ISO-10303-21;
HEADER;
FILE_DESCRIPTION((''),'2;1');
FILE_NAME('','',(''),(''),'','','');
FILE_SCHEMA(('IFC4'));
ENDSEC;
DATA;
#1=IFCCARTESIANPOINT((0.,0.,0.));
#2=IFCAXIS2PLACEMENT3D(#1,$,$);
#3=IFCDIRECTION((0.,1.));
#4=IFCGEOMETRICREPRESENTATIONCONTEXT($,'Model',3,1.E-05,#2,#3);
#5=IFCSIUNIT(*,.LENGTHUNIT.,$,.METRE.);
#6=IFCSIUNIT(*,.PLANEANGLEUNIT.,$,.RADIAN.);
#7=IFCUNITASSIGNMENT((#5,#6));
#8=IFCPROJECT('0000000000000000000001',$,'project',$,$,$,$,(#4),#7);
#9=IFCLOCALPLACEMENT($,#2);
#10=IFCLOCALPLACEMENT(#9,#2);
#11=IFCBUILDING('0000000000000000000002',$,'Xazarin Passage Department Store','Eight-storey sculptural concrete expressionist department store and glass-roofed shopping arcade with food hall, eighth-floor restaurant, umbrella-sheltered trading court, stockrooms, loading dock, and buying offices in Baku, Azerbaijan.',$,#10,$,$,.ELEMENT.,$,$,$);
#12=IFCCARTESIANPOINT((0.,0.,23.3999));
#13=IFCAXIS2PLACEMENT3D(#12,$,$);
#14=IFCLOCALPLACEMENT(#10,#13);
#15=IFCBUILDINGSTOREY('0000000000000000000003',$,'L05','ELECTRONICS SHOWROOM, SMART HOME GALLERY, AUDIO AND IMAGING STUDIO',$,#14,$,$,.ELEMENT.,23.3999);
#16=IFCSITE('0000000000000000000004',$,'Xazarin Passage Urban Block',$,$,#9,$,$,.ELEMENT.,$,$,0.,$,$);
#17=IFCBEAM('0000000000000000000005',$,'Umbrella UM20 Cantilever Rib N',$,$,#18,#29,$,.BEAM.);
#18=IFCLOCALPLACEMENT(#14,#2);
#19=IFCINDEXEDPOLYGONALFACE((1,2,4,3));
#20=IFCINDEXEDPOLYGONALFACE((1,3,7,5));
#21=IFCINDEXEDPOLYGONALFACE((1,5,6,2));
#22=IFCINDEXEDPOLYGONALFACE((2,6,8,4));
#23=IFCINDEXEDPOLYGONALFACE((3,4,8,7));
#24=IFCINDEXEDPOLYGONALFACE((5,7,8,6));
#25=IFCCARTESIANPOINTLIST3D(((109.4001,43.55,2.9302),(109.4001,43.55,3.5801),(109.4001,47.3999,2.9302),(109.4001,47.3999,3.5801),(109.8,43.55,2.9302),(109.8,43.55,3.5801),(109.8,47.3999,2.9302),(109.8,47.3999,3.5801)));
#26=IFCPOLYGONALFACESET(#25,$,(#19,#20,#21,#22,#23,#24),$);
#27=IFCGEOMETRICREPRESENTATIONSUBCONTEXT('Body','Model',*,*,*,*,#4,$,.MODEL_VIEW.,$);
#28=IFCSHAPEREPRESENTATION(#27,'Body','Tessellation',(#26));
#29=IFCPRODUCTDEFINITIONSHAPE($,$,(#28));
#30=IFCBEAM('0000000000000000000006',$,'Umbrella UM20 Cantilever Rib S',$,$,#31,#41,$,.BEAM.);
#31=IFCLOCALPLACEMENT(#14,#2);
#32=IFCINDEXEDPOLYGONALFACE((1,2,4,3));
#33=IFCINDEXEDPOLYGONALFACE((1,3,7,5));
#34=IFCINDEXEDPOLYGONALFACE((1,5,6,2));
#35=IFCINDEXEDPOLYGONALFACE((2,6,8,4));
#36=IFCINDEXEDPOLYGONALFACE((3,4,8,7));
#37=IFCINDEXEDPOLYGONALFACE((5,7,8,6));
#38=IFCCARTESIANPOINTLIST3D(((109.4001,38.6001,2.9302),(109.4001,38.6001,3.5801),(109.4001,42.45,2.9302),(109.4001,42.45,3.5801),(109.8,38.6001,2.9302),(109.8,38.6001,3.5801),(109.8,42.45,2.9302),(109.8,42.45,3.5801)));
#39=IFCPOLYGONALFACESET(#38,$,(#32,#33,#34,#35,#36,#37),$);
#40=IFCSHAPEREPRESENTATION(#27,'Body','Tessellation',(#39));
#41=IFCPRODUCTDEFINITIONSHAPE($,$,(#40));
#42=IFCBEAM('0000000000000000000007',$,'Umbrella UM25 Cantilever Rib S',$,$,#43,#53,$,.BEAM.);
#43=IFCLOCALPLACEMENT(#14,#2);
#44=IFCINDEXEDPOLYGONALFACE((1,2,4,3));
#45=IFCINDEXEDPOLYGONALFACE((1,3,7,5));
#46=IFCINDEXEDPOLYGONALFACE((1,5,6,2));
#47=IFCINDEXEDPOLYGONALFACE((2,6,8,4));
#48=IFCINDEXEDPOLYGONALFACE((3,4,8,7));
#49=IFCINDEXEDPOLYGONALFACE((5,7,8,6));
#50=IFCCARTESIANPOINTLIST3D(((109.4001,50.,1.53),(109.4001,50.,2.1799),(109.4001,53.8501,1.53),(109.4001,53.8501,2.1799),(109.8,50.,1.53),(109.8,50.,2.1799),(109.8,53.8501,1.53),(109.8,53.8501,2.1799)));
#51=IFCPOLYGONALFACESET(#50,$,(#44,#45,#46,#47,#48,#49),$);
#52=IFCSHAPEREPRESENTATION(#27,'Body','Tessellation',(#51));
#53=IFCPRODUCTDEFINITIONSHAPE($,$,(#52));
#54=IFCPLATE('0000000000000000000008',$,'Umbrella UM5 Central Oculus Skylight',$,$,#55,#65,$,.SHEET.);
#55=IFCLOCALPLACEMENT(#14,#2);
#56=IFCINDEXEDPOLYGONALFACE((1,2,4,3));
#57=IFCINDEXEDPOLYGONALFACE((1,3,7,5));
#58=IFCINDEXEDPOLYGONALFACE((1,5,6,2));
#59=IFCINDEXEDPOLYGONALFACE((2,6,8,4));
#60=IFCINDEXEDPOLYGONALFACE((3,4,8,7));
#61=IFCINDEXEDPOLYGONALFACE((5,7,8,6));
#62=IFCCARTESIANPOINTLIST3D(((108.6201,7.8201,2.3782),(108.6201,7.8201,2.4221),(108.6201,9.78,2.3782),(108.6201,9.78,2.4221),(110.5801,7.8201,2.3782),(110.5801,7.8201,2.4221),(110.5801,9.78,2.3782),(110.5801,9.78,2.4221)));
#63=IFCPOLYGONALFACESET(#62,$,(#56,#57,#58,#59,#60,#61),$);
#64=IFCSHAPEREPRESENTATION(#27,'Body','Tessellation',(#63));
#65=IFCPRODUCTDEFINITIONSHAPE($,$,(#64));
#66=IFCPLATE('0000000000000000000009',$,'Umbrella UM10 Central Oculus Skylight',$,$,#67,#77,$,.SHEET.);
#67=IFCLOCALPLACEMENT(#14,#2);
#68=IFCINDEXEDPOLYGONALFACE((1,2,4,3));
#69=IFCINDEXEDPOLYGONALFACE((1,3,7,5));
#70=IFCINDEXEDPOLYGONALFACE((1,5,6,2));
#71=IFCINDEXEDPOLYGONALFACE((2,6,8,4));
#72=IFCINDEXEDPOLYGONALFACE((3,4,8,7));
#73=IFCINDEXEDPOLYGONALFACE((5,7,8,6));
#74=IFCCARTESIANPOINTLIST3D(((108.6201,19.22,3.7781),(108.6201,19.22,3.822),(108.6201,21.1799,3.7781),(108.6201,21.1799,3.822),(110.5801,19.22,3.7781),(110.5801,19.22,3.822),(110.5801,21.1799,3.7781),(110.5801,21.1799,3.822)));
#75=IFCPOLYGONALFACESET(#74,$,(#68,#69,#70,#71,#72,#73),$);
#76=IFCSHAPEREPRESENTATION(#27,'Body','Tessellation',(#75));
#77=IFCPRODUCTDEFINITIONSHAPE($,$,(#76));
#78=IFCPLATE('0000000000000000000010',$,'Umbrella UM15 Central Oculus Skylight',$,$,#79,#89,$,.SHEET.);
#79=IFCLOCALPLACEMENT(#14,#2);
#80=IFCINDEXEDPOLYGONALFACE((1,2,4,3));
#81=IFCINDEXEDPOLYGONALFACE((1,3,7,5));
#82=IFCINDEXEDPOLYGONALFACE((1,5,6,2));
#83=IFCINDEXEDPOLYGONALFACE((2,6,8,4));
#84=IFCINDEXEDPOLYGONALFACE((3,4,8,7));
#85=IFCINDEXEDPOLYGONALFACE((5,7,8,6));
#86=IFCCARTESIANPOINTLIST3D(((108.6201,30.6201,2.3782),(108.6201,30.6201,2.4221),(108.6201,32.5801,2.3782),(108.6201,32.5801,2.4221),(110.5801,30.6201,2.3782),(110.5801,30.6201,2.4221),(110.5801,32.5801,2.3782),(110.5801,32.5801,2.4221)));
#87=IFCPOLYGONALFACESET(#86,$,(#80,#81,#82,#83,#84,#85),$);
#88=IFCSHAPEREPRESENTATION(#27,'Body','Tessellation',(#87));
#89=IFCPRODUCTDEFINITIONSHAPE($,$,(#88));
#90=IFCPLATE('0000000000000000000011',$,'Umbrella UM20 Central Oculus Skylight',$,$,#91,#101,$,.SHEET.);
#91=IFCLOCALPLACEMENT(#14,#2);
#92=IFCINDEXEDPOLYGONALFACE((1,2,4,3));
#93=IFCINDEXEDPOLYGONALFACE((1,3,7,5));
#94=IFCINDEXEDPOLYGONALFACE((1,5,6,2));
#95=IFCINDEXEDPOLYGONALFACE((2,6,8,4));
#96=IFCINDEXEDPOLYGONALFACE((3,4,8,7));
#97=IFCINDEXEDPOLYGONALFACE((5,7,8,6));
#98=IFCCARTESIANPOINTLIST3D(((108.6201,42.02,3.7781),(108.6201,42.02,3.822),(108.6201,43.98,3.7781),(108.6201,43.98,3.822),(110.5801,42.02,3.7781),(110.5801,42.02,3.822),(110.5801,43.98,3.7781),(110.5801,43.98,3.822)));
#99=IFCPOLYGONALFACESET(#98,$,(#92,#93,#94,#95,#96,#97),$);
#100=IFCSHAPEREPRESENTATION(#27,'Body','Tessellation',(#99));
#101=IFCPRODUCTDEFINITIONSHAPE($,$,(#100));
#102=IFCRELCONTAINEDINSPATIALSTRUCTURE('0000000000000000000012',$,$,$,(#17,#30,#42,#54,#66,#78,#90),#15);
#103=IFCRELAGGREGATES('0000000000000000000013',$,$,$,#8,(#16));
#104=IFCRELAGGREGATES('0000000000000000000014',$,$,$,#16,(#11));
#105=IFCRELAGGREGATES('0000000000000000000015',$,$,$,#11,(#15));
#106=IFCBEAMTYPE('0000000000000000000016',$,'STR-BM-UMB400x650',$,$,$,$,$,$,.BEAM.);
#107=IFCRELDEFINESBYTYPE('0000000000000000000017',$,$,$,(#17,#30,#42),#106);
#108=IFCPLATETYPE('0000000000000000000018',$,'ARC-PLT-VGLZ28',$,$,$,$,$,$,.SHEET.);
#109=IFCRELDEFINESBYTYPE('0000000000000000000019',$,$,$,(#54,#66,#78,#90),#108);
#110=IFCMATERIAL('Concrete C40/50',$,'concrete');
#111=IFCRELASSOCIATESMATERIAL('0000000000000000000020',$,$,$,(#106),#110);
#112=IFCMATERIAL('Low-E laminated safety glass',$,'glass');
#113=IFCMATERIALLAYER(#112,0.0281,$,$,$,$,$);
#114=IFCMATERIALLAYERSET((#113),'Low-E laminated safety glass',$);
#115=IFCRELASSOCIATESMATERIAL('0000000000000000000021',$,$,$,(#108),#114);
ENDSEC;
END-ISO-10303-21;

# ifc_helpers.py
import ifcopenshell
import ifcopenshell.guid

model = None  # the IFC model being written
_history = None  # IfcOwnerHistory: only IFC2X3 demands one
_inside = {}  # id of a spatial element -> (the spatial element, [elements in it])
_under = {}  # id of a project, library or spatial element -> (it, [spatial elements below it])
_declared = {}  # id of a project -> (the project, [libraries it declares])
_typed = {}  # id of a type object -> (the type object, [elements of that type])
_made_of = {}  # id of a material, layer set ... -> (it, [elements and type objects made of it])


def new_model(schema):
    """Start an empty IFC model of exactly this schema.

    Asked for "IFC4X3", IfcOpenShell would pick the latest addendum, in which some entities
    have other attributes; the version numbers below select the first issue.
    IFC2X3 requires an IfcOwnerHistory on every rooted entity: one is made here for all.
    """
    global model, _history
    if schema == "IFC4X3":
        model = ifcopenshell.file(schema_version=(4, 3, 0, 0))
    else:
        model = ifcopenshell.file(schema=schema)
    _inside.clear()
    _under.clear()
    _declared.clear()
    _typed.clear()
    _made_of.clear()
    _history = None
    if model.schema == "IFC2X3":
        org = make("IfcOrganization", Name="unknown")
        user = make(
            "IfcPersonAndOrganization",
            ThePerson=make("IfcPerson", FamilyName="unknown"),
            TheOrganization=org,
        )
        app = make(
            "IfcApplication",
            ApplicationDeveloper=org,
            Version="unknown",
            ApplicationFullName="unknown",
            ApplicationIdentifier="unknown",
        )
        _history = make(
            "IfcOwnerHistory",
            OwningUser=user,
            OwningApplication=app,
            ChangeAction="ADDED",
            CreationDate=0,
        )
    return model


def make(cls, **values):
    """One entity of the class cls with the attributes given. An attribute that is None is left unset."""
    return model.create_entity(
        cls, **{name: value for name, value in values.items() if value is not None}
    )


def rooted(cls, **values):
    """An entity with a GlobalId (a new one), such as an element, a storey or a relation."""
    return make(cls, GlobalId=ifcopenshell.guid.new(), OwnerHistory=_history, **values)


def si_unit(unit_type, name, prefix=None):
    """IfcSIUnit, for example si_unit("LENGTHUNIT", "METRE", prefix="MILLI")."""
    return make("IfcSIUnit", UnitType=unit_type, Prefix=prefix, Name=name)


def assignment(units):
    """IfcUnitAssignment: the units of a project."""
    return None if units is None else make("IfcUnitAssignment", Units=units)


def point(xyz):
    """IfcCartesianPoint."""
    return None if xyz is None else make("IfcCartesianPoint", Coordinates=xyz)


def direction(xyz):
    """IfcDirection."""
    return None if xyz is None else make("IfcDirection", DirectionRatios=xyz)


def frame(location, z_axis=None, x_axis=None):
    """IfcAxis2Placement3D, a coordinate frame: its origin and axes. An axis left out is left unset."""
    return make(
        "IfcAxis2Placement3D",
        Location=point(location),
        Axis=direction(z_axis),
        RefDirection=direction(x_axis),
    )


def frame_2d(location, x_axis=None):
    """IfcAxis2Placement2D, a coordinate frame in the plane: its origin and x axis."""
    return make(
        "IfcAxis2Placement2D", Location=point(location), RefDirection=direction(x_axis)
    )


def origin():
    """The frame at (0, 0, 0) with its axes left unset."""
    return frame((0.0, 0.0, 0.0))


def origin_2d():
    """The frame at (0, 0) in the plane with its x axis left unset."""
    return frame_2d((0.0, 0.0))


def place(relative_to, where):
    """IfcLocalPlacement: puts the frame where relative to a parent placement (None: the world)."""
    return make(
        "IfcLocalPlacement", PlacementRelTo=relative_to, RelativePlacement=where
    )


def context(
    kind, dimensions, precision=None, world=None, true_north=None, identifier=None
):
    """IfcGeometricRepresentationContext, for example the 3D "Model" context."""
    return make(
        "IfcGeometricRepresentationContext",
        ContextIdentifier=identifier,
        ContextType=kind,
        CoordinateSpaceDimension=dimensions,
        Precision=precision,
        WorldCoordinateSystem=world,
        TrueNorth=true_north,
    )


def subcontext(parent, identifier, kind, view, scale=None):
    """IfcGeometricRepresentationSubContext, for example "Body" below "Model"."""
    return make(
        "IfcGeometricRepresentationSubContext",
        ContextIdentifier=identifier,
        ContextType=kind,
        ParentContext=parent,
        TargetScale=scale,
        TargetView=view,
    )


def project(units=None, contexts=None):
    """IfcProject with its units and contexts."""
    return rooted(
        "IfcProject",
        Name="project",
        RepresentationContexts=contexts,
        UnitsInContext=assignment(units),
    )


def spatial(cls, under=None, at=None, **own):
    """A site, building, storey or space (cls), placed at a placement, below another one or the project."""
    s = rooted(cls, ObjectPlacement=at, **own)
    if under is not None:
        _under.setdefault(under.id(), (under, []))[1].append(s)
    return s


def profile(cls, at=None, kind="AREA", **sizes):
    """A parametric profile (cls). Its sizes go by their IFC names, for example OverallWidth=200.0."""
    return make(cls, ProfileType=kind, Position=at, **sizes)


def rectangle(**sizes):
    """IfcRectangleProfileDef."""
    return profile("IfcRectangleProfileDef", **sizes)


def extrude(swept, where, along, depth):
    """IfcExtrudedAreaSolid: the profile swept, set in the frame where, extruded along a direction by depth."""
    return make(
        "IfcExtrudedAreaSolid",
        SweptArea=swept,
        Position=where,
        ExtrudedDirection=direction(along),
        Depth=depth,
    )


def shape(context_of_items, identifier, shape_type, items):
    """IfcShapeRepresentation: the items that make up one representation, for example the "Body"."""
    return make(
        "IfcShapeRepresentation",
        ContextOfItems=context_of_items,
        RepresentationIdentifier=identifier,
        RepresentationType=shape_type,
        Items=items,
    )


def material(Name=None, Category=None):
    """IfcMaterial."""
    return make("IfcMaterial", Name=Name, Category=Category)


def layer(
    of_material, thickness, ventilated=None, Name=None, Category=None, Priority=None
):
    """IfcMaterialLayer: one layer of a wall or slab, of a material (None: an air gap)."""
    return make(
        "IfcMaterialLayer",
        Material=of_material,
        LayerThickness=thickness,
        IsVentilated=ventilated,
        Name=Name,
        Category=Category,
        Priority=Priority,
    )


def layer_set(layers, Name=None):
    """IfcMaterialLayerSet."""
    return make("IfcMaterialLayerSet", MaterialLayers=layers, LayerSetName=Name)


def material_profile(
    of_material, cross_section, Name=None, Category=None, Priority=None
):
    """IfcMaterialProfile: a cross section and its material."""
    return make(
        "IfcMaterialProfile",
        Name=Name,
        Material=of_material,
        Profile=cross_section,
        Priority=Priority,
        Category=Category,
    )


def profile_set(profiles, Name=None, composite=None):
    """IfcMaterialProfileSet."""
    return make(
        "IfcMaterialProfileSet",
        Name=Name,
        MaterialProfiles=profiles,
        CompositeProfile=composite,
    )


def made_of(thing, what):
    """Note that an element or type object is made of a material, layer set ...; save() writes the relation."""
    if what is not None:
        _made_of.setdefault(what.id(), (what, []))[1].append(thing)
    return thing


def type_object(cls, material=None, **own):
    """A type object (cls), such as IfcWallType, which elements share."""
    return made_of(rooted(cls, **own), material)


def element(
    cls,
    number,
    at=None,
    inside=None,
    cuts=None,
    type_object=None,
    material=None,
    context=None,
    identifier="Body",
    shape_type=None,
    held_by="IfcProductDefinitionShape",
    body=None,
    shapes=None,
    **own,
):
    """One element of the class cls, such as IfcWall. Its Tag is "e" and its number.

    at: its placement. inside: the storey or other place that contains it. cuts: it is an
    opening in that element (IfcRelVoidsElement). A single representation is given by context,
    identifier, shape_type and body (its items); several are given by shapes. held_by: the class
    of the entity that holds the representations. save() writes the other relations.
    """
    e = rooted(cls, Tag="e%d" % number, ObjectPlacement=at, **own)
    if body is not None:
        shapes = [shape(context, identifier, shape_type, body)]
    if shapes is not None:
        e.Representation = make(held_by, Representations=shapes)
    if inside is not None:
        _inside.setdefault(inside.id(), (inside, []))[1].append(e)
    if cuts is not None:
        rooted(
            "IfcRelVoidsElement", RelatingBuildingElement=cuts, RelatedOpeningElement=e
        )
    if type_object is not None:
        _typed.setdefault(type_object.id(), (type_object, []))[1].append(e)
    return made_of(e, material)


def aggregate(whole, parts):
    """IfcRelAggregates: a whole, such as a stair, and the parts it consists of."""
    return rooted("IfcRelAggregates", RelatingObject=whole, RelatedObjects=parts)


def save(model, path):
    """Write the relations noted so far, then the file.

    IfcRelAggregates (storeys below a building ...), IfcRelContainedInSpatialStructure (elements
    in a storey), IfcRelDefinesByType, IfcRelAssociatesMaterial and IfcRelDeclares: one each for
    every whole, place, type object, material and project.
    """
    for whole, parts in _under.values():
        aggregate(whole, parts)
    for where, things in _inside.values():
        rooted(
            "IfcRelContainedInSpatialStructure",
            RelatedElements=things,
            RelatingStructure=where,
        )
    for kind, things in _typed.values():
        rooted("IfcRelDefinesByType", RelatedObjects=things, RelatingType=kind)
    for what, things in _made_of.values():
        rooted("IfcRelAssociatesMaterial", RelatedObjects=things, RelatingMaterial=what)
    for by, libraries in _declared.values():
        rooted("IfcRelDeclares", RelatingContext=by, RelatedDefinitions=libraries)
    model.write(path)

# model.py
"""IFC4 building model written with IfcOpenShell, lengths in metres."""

from ifc_helpers import new_model, si_unit, direction, frame, origin, origin_2d, place, context, subcontext, project, spatial, rectangle, extrude, material, layer, layer_set, material_profile, profile_set, type_object, element, save


model = new_model("IFC4")

# Units and contexts
model_context = context("Model", 3, precision=1e-05, world=origin(), true_north=direction((0.0, 1.0)))
body_context = subcontext(model_context, "Body", "Model", "MODEL_VIEW")
ifc_project = project(units=[si_unit("LENGTHUNIT", "METRE"), si_unit("PLANEANGLEUNIT", "RADIAN")], contexts=[model_context])

# Site, building, storey
site_placement = place(None, origin())
site = spatial("IfcSite", under=ifc_project, at=site_placement, Name="Xazarin Passage Urban Block", CompositionType="ELEMENT", RefElevation=0.0)
building_placement = place(site_placement, origin())
building = spatial("IfcBuilding", under=site, at=building_placement, Name="Xazarin Passage Department Store", Description="Eight-storey sculptural concrete expressionist department store and glass-roofed shopping arcade with food hall, eighth-floor restaurant, umbrella-sheltered trading court, stockrooms, loading dock, and buying offices in Baku, Azerbaijan.", CompositionType="ELEMENT")
storey_placement = place(building_placement, frame((0.0, 0.0, 23.3999)))
storey = spatial("IfcBuildingStorey", under=building, at=storey_placement, Name="L05", Description="ELECTRONICS SHOWROOM, SMART HOME GALLERY, AUDIO AND IMAGING STUDIO", CompositionType="ELEMENT", Elevation=23.3999)

# Beams
ifc_material_1 = material(Name="Concrete C40/50", Category="concrete")
ifc_material_profile = material_profile(ifc_material_1, rectangle(XDim=0.3999, YDim=0.6499, at=origin_2d()), Name="RC 400x650")
ifc_profile_set = profile_set([ifc_material_profile], Name="Concrete C40/50")
beam_type = type_object("IfcBeamType", Name="STR-BM-UMB400x650", PredefinedType="BEAM", material=ifc_profile_set)
for number, where, z_axis, x_axis, name in (
    (1, (109.6001, 43.55, 3.2551), (0.0, 1.0, 0.0), (-1.0, 0.0, 0.0), "Umbrella UM20 Cantilever Rib N"),
    (2, (109.6001, 42.45, 3.2551), (0.0, -1.0, 0.0), (1.0, 0.0, 0.0), "Umbrella UM20 Cantilever Rib S"),
):
    element("IfcBeam", number, at=place(storey_placement, frame(where, z_axis=z_axis, x_axis=x_axis)), inside=storey, type_object=beam_type, Name=name, PredefinedType="BEAM", context=body_context, shape_type="SweptSolid", body=[
        extrude(rectangle(XDim=0.3999, YDim=0.6499, at=origin_2d()), origin(), (0.0, 0.0, 1.0), 3.8499),
    ])
beam_1_placement = place(storey_placement, frame((109.6001, 53.8501, 1.855), z_axis=(0.0, -1.0, 0.0), x_axis=(1.0, 0.0, 0.0)))
element("IfcBeam", 3, at=beam_1_placement, inside=storey, type_object=beam_type, Name="Umbrella UM25 Cantilever Rib S", PredefinedType="BEAM", context=body_context, shape_type="SweptSolid", body=[
    extrude(rectangle(XDim=0.3999, YDim=0.6499, at=origin_2d()), origin(), (0.0, 0.0, 1.0), 3.8501),
])

# Plates
ifc_material_2 = material(Name="Low-E laminated safety glass", Category="glass")
ifc_layer = layer(ifc_material_2, 0.0281)
ifc_layer_set = layer_set([ifc_layer], Name="Low-E laminated safety glass")
plate_type = type_object("IfcPlateType", Name="ARC-PLT-VGLZ28", PredefinedType="SHEET", material=ifc_layer_set)
for number, where, z_axis, x_axis, name in (
    (4, (109.6001, 8.8, 2.3782), (0.0, 0.0, 1.0), (1.0, 0.0, 0.0), "Umbrella UM5 Central Oculus Skylight"),
    (5, (109.6001, 20.2, 3.7781), (0.0, 0.0, 1.0), (1.0, 0.0, 0.0), "Umbrella UM10 Central Oculus Skylight"),
    (6, (109.6001, 31.6001, 2.3782), (0.0, 0.0, 1.0), (1.0, 0.0, 0.0), "Umbrella UM15 Central Oculus Skylight"),
    (7, (109.6001, 43.0, 3.7781), (0.0, 0.0, 1.0), (1.0, 0.0, 0.0), "Umbrella UM20 Central Oculus Skylight"),
):
    element("IfcPlate", number, at=place(storey_placement, frame(where, z_axis=z_axis, x_axis=x_axis)), inside=storey, type_object=plate_type, Name=name, PredefinedType="SHEET", context=body_context, shape_type="SweptSolid", body=[
        extrude(rectangle(XDim=1.96, YDim=1.96, at=origin_2d()), origin(), (0.0, 0.0, 1.0), 0.0439),
    ])

save(model, "model.ifc")
